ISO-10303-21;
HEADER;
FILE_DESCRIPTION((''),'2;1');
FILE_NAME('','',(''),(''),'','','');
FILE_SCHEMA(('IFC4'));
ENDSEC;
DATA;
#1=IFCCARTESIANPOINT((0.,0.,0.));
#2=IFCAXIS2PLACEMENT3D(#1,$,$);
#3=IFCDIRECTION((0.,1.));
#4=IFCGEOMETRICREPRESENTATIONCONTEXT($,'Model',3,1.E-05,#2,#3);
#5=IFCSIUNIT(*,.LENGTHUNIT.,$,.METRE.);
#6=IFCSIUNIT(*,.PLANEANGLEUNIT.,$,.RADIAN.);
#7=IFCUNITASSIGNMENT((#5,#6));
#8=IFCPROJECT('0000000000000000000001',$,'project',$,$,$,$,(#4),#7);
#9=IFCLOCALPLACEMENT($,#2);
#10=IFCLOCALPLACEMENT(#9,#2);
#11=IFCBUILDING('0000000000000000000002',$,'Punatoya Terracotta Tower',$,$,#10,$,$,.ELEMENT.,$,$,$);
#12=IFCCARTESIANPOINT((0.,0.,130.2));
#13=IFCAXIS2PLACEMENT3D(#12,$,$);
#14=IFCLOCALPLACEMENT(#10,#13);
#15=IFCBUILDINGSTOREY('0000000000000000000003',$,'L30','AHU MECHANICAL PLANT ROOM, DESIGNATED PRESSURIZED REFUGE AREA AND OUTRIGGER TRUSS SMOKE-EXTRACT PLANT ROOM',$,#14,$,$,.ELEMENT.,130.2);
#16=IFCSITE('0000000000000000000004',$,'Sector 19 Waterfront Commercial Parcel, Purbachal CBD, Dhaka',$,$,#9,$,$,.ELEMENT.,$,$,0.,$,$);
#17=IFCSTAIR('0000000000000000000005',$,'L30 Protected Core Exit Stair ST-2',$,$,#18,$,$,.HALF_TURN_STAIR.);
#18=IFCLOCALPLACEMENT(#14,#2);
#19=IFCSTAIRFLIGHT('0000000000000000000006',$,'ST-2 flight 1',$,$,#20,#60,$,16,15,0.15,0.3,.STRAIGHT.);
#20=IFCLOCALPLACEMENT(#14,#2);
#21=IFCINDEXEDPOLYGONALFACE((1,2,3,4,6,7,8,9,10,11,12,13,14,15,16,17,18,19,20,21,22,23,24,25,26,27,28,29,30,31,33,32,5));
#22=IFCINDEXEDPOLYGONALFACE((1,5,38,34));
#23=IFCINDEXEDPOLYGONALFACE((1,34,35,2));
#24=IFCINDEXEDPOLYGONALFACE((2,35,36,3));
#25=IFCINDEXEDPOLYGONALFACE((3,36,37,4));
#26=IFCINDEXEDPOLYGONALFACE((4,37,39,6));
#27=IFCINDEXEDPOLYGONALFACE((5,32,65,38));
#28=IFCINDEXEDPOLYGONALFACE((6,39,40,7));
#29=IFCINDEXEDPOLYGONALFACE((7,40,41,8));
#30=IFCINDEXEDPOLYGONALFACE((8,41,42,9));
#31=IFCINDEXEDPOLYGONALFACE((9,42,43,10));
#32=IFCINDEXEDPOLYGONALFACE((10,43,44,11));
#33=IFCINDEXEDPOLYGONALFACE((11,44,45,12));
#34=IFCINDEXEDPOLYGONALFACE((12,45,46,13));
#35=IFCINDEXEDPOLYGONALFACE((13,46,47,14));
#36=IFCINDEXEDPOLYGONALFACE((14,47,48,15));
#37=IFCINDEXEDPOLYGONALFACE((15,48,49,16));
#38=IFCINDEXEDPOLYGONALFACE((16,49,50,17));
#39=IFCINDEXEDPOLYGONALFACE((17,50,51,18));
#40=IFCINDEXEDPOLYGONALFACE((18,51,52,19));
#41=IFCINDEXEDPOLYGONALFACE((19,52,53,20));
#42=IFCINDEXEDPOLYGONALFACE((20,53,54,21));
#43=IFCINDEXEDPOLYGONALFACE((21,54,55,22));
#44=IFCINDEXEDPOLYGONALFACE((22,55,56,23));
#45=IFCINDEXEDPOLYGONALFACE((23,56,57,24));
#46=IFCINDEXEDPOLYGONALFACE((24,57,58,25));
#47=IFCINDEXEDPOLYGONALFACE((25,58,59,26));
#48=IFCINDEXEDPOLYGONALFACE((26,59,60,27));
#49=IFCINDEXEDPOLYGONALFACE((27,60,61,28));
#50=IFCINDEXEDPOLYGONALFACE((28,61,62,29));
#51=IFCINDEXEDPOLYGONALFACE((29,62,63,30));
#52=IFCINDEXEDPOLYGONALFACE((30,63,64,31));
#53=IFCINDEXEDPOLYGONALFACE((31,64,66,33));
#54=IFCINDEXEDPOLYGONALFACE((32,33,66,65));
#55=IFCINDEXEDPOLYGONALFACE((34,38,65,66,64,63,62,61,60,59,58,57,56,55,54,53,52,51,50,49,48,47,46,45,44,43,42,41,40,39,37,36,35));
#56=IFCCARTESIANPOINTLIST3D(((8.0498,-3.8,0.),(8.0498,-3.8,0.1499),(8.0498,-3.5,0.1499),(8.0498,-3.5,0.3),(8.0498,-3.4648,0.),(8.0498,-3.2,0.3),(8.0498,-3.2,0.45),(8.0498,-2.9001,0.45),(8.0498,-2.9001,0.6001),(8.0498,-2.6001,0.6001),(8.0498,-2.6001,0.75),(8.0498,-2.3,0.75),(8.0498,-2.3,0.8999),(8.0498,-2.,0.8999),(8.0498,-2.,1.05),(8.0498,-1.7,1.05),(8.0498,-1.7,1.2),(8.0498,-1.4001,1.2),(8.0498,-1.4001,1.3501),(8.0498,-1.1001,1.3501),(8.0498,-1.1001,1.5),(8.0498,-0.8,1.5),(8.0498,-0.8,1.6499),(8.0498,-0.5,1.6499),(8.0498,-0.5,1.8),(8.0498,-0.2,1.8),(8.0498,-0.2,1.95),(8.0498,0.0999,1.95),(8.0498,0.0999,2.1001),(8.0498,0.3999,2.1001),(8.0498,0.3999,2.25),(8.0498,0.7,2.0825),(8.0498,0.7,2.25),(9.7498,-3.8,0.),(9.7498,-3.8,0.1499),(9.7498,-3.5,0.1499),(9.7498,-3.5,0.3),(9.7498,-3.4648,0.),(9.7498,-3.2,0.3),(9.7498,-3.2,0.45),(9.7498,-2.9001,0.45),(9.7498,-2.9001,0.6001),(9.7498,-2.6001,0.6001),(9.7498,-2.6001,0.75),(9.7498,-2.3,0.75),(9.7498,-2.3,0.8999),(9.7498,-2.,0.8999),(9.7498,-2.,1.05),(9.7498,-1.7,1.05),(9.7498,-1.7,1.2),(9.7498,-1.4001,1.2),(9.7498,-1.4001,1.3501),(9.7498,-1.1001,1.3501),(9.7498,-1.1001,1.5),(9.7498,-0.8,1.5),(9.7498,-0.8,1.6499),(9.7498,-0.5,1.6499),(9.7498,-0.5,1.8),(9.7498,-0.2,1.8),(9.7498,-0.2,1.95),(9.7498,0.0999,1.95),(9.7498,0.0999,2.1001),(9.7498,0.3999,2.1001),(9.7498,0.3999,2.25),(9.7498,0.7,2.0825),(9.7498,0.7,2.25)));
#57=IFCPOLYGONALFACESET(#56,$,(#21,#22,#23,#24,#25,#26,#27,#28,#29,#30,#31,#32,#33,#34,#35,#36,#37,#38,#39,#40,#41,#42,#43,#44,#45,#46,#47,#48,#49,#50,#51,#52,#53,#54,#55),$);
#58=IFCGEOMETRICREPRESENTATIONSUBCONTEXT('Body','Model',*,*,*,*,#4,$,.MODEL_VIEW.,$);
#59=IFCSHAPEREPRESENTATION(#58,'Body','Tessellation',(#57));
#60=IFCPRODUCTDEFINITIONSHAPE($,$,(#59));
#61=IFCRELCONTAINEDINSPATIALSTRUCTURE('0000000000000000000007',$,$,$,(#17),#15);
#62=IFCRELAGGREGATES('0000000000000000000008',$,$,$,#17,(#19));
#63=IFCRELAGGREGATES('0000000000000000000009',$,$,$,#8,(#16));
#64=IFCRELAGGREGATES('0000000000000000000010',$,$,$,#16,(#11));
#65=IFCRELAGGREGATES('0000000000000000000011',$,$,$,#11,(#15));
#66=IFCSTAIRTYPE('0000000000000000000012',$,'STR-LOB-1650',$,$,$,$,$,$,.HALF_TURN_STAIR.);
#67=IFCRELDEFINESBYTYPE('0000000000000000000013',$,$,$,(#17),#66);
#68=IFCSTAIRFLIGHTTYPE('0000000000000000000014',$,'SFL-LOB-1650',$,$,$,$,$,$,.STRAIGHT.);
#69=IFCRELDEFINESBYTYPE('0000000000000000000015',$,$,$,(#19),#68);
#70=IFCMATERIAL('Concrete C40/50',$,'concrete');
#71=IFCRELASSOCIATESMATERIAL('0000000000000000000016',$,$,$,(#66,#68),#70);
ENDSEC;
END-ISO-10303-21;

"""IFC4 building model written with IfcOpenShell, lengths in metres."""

from ifc_helpers import new_model, si_unit, direction, frame, origin, place, context, subcontext, project, spatial, polyline, outline, extrude, material, type_object, element, aggregate, save


model = new_model("IFC4")

# Units and contexts
model_context = context("Model", 3, precision=1e-05, world=origin(), true_north=direction((0.0, 1.0)))
body_context = subcontext(model_context, "Body", "Model", "MODEL_VIEW")
ifc_project = project(units=[si_unit("LENGTHUNIT", "METRE"), si_unit("PLANEANGLEUNIT", "RADIAN")], contexts=[model_context])

# Site, building, storey
site_placement = place(None, origin())
site = spatial("IfcSite", under=ifc_project, at=site_placement, Name="Sector 19 Waterfront Commercial Parcel, Purbachal CBD, Dhaka", CompositionType="ELEMENT", RefElevation=0.0)
building_placement = place(site_placement, origin())
building = spatial("IfcBuilding", under=site, at=building_placement, Name="Punatoya Terracotta Tower", CompositionType="ELEMENT")
storey_placement = place(building_placement, frame((0.0, 0.0, 130.2)))
storey = spatial("IfcBuildingStorey", under=building, at=storey_placement, Name="L30", Description="AHU MECHANICAL PLANT ROOM, DESIGNATED PRESSURIZED REFUGE AREA AND OUTRIGGER TRUSS SMOKE-EXTRACT PLANT ROOM", CompositionType="ELEMENT", Elevation=130.2)

# Shared definitions
ifc_material_1 = material(Name="Concrete C40/50", Category="concrete")

# Stair, stair flight
stair_type = type_object("IfcStairType", Name="STR-LOB-1650", PredefinedType="HALF_TURN_STAIR", material=ifc_material_1)
stair_placement = place(storey_placement, origin())
stair = element("IfcStair", 1, at=stair_placement, inside=storey, type_object=stair_type, Name="L30 Protected Core Exit Stair ST-2", PredefinedType="HALF_TURN_STAIR")
stair_flight_type = type_object("IfcStairFlightType", Name="SFL-LOB-1650", PredefinedType="STRAIGHT", material=ifc_material_1)
stair_flight_placement = place(storey_placement, frame((8.8999, -3.8, 0.0), z_axis=(0.0, 0.0, 1.0), x_axis=(0.0, 1.0, 0.0)))
stair_flight = element("IfcStairFlight", 2, at=stair_flight_placement, type_object=stair_flight_type, Name="ST-2 flight 1", NumberOfRisers=16, NumberOfTreads=15, PredefinedType="STRAIGHT", RiserHeight=0.15, TreadLength=0.3, context=body_context, shape_type="SweptSolid", body=[
    extrude(outline(polyline([(0.0, 0.0), (0.0, 0.1499), (0.3, 0.1499), (0.3, 0.3), (0.6001, 0.3), (0.6001, 0.45), (0.8999, 0.45), (0.8999, 0.6001), (1.2, 0.6001), (1.2, 0.75), (1.5, 0.75), (1.5, 0.8999), (1.8, 0.8999), (1.8, 1.05), (2.1001, 1.05), (2.1001, 1.2), (2.3999, 1.2), (2.3999, 1.3501), (2.7, 1.3501), (2.7, 1.5), (3.0, 1.5), (3.0, 1.6499), (3.3, 1.6499), (3.3, 1.8), (3.6001, 1.8), (3.6001, 1.95), (3.8999, 1.95), (3.8999, 2.1001), (4.2, 2.1001), (4.2, 2.25), (4.5, 2.25), (4.5, 2.3999), (4.5, 2.0825), (0.3352, 0.0), (0.0, 0.0)])), frame((0.0, 0.8501, 0.0), z_axis=(0.0, -1.0, 0.0), x_axis=(1.0, 0.0, 0.0)), (0.0, 0.0, 1.0), 1.7),
])
aggregate(stair, [stair_flight])

save(model, "model.ifc")
